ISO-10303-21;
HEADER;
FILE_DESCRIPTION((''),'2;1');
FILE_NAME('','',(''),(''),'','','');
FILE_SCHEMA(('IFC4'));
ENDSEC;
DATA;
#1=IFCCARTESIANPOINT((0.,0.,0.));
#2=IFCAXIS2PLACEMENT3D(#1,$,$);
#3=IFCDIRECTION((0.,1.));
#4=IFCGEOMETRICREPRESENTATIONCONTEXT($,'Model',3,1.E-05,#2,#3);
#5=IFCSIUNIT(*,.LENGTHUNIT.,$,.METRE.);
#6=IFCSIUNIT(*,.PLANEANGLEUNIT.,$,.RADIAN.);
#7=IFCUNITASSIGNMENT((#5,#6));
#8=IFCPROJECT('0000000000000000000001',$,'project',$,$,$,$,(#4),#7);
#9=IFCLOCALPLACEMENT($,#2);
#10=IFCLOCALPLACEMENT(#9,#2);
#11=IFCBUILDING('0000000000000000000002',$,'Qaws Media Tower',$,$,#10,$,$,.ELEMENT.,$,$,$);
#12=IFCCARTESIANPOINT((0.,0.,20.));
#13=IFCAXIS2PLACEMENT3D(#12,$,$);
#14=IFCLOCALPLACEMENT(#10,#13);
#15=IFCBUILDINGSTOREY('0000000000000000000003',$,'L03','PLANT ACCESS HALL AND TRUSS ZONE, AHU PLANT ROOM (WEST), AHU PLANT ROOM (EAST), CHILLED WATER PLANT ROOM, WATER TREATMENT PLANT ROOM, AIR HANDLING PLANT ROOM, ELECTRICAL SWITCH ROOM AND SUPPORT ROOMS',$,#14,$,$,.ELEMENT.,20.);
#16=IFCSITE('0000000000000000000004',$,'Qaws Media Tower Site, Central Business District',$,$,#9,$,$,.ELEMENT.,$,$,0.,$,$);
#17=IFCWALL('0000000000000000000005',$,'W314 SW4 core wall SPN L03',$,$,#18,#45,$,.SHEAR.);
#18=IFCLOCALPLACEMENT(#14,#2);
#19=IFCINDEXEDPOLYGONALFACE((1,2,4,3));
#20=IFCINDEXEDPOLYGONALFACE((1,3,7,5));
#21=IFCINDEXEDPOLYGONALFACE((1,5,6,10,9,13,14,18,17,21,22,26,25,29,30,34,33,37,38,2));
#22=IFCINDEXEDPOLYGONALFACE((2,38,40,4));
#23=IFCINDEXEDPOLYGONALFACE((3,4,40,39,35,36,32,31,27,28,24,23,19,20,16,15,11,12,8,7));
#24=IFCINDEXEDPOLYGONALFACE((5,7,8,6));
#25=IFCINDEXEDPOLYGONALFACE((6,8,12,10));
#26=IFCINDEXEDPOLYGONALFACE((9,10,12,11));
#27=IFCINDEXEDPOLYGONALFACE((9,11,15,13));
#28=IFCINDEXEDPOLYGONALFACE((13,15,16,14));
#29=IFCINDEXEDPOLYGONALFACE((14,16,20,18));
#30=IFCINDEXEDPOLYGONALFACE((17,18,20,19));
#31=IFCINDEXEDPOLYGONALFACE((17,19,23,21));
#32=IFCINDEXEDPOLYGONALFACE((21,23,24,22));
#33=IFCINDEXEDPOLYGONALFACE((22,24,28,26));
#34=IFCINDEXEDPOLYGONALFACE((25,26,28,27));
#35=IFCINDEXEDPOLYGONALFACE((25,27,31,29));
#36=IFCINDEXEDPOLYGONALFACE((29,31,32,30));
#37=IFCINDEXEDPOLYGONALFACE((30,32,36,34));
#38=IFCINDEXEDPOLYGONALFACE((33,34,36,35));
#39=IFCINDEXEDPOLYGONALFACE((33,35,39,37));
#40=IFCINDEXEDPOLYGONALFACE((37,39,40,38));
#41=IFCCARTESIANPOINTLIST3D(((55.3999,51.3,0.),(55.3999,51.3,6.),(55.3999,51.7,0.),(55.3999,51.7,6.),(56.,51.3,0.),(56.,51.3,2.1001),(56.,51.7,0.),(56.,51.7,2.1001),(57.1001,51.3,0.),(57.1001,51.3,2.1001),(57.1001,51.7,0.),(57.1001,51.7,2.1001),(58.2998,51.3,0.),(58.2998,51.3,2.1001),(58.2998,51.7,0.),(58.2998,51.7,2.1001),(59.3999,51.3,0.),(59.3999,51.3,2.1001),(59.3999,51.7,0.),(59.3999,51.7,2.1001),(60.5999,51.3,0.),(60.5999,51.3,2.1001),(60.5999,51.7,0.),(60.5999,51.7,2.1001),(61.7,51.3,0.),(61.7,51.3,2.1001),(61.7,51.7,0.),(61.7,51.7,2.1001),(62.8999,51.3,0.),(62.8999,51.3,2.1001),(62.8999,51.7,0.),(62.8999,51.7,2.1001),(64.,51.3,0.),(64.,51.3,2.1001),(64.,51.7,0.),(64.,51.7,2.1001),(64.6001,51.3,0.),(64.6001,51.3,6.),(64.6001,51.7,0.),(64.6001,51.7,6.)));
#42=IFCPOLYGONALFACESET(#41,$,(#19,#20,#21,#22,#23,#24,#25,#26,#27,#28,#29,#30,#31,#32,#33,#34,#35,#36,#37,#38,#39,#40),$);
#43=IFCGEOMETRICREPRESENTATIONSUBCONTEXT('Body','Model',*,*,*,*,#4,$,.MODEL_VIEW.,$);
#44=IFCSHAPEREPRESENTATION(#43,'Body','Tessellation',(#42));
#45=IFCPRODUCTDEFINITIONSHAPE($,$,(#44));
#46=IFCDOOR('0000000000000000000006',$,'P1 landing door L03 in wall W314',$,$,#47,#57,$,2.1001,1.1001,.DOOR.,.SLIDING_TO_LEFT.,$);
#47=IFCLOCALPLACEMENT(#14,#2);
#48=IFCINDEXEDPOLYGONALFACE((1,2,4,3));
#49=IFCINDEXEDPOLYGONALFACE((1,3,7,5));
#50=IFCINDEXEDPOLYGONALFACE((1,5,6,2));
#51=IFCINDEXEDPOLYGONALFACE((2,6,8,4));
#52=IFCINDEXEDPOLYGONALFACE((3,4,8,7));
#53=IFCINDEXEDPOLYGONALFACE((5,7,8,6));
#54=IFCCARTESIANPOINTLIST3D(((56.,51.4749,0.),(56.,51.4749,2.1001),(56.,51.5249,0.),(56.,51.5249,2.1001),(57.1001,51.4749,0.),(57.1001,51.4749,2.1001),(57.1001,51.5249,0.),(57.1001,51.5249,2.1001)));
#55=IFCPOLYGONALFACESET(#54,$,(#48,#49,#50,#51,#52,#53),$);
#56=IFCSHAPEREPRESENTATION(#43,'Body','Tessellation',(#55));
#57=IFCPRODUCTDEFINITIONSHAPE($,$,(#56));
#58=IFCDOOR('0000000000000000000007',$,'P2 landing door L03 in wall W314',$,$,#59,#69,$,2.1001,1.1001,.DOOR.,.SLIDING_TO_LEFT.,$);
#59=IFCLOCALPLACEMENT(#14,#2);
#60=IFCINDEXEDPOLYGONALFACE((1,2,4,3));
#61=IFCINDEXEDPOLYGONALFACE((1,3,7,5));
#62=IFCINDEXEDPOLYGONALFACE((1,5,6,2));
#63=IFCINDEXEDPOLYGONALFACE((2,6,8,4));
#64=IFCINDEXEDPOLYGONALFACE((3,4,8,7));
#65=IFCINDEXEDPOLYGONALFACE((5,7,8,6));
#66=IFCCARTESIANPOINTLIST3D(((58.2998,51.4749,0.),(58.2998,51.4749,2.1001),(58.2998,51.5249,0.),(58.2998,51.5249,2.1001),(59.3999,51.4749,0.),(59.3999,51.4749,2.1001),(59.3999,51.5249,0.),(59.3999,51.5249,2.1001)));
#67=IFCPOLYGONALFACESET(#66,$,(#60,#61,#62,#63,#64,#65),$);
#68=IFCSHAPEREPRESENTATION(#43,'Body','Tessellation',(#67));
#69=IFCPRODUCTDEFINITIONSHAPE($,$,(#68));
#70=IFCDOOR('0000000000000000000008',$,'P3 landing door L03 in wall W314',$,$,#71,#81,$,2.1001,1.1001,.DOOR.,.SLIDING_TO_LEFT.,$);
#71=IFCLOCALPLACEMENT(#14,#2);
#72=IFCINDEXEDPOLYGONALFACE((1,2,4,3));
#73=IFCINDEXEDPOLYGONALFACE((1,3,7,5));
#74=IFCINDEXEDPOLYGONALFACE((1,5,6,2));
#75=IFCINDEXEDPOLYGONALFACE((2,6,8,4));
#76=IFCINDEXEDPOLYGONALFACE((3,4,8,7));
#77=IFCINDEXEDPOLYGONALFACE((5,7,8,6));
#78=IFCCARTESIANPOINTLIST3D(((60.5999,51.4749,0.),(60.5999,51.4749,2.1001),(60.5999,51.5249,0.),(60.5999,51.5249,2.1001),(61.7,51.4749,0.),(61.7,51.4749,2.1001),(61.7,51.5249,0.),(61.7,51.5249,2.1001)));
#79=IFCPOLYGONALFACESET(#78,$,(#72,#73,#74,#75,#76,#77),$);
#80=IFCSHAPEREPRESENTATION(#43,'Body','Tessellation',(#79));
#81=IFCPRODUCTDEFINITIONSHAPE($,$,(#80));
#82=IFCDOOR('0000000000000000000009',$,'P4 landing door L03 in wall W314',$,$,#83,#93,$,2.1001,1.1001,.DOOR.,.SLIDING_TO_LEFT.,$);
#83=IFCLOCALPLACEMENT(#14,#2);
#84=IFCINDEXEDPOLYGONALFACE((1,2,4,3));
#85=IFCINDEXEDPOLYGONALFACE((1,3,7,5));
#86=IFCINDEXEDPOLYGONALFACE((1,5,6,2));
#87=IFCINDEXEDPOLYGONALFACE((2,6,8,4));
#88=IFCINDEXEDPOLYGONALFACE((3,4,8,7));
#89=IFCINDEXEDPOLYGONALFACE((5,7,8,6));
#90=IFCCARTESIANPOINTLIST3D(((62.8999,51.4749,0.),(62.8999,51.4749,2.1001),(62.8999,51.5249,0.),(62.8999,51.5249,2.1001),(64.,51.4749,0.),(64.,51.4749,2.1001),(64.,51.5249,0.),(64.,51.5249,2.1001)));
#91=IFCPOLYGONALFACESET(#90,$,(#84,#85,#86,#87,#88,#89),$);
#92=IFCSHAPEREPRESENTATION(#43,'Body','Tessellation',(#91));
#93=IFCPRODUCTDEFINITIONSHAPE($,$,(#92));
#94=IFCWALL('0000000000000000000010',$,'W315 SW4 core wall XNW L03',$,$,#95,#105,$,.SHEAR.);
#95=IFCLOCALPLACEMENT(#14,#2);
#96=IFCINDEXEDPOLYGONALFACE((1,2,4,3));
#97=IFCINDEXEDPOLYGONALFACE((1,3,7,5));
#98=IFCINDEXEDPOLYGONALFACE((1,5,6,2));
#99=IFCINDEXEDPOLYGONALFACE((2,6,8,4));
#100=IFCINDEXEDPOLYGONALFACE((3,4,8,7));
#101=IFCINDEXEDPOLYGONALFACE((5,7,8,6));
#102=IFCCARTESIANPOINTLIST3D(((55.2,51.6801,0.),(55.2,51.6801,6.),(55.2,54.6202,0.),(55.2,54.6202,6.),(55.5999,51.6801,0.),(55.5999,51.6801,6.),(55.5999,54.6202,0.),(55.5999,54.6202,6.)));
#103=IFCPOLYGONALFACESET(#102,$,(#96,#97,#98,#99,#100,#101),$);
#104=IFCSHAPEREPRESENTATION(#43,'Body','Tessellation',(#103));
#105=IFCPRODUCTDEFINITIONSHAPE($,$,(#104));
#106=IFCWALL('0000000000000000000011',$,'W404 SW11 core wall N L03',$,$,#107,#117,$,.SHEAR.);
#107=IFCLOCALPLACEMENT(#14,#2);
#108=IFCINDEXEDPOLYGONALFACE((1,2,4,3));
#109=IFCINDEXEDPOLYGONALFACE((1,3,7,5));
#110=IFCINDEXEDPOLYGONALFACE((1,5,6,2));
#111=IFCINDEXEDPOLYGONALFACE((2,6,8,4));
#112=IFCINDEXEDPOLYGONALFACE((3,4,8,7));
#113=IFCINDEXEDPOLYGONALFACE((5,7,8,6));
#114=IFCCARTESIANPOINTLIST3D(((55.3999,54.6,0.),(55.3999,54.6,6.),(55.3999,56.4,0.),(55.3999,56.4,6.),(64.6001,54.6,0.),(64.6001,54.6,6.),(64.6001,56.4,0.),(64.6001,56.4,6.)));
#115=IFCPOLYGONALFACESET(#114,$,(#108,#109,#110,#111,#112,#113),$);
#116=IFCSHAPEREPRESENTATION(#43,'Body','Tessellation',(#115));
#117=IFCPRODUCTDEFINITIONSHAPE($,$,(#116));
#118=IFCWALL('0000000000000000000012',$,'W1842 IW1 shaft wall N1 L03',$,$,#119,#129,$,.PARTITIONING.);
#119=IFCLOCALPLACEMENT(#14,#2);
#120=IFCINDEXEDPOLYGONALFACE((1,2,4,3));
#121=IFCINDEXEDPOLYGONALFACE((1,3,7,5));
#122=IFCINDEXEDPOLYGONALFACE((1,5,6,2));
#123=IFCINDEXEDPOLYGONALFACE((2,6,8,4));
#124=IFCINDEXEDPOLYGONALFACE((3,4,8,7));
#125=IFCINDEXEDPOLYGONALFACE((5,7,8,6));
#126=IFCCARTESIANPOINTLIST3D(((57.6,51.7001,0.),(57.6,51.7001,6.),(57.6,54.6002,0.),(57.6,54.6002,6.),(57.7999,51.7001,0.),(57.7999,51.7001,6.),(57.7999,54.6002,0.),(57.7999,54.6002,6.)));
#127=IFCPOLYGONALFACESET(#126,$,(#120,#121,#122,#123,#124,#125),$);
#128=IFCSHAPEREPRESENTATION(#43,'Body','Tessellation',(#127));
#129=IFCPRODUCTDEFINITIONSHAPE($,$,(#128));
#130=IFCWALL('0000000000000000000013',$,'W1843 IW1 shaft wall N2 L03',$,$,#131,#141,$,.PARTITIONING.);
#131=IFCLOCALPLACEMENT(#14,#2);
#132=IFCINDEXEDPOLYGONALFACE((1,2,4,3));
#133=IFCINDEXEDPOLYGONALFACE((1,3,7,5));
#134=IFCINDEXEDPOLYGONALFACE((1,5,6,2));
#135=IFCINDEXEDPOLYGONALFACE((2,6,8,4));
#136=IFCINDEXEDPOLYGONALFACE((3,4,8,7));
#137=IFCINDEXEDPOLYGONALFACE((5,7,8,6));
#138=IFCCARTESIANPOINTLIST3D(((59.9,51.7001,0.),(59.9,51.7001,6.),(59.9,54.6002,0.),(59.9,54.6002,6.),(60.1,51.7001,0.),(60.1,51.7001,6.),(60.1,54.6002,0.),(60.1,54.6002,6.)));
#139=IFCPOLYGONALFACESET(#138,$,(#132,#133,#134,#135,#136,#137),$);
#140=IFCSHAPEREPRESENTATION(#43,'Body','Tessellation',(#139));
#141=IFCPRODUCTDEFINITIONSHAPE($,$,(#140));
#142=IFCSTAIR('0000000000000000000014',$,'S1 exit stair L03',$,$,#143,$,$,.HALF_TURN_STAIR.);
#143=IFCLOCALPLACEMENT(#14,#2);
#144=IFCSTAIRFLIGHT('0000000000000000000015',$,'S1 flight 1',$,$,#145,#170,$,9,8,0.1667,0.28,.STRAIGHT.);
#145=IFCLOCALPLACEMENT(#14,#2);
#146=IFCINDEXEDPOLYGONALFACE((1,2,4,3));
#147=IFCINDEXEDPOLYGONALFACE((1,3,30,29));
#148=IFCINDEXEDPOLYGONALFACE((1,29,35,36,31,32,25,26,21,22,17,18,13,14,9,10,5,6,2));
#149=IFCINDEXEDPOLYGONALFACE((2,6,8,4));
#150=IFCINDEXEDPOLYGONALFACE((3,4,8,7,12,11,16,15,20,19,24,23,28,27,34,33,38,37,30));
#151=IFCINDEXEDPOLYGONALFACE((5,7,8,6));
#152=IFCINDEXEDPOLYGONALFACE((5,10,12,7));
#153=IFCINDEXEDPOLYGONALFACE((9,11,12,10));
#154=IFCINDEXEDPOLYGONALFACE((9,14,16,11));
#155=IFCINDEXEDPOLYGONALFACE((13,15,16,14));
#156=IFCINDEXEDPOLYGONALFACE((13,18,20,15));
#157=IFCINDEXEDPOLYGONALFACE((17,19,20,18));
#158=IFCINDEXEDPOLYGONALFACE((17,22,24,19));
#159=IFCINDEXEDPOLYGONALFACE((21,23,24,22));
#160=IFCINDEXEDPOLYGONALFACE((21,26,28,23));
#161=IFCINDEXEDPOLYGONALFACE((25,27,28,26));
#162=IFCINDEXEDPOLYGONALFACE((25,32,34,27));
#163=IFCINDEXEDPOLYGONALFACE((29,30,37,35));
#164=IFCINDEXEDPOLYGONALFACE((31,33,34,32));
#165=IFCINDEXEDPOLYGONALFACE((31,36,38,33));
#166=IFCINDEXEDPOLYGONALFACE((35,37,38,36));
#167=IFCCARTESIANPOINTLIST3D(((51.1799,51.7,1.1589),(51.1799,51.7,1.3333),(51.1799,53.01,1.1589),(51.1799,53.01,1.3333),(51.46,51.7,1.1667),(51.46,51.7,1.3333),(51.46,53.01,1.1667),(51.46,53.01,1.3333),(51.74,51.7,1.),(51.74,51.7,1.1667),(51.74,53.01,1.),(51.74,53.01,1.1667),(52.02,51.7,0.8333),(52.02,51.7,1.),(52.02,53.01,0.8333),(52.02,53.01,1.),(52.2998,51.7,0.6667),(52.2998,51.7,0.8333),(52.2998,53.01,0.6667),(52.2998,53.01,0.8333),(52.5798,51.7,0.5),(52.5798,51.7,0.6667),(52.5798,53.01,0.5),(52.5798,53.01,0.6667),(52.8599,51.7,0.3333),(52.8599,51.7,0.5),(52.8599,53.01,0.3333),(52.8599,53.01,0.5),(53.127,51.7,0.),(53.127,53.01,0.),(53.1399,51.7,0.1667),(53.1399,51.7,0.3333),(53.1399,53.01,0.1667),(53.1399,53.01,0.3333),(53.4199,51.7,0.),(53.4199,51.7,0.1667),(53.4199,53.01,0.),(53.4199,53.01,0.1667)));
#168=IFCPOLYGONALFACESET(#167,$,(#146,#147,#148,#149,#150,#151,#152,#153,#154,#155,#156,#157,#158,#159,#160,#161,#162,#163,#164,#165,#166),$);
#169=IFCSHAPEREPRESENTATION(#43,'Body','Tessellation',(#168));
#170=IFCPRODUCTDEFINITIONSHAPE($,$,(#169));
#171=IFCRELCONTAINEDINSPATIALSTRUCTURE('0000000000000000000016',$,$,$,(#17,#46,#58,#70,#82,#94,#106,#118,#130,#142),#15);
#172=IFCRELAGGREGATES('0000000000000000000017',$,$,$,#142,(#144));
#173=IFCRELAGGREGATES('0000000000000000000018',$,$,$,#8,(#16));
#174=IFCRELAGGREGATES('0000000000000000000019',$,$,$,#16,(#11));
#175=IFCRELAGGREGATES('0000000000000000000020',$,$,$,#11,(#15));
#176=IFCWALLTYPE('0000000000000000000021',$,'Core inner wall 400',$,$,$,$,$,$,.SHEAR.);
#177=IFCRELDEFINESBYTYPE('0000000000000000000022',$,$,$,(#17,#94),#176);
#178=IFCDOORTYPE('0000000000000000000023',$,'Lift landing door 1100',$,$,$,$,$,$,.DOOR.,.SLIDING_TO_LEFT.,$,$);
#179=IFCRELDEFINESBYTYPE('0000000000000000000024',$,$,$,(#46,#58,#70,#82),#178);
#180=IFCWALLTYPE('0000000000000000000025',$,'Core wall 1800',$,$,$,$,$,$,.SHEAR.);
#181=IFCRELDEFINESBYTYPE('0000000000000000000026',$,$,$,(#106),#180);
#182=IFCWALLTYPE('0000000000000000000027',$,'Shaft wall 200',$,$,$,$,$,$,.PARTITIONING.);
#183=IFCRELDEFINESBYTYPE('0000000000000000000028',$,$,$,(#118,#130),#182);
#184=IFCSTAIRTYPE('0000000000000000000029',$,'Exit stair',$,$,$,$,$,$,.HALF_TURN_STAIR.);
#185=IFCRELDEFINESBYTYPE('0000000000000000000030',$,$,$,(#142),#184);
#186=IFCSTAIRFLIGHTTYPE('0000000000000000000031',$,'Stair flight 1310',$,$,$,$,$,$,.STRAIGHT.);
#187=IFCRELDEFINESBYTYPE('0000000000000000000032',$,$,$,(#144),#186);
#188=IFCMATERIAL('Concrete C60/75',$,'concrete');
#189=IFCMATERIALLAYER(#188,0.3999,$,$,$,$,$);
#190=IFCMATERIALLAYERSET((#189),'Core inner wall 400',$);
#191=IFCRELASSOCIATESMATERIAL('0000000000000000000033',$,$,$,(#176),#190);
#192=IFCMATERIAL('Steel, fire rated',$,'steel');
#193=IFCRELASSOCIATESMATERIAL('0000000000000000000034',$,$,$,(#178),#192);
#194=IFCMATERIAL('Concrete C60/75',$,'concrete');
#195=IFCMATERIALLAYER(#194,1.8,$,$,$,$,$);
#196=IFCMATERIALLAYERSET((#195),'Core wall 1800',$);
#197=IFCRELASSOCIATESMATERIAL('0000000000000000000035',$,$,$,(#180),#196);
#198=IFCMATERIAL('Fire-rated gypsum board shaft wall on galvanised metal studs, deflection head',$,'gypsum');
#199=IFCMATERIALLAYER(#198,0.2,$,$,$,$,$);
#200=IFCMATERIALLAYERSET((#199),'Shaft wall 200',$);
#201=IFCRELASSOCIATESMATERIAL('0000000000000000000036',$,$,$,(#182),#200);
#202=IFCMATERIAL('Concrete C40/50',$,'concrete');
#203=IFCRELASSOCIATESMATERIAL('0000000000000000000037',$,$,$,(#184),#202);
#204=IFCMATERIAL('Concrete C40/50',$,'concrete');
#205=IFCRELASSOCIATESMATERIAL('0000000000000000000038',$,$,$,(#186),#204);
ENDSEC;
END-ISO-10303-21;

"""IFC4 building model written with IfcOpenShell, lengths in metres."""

from ifc_helpers import new_model, si_unit, direction, frame, frame_2d, origin, place, context, subcontext, project, spatial, polyline, rectangle, outline, extrude, material, layer, layer_set, type_object, element, fill, aggregate, save


model = new_model("IFC4")

# Units and contexts
model_context = context("Model", 3, precision=1e-05, world=origin(), true_north=direction((0.0, 1.0)))
body_context = subcontext(model_context, "Body", "Model", "MODEL_VIEW")
ifc_project = project(units=[si_unit("LENGTHUNIT", "METRE"), si_unit("PLANEANGLEUNIT", "RADIAN")], contexts=[model_context])

# Site, building, storey
site_placement = place(None, origin())
site = spatial("IfcSite", under=ifc_project, at=site_placement, Name="Qaws Media Tower Site, Central Business District", CompositionType="ELEMENT", RefElevation=0.0)
building_placement = place(site_placement, origin())
building = spatial("IfcBuilding", under=site, at=building_placement, Name="Qaws Media Tower", CompositionType="ELEMENT")
storey_placement = place(building_placement, frame((0.0, 0.0, 20.0)))
storey = spatial("IfcBuildingStorey", under=building, at=storey_placement, Name="L03", Description="PLANT ACCESS HALL AND TRUSS ZONE, AHU PLANT ROOM (WEST), AHU PLANT ROOM (EAST), CHILLED WATER PLANT ROOM, WATER TREATMENT PLANT ROOM, AIR HANDLING PLANT ROOM, ELECTRICAL SWITCH ROOM AND SUPPORT ROOMS", CompositionType="ELEMENT", Elevation=20.0)

# Wall, openings, doors
ifc_material_1 = material(Name="Concrete C60/75", Category="concrete")
ifc_layer_1 = layer(ifc_material_1, 0.3999)
ifc_layer_set_1 = layer_set([ifc_layer_1], Name="Core inner wall 400")
wall_type_1 = type_object("IfcWallType", Name="Core inner wall 400", PredefinedType="SHEAR", material=ifc_layer_set_1)
wall_1_placement = place(storey_placement, frame((55.3999, 51.5, 0.0), z_axis=(0.0, 0.0, 1.0), x_axis=(1.0, 0.0, 0.0)))
wall_1 = element("IfcWall", 1, at=wall_1_placement, inside=storey, type_object=wall_type_1, Name="W314 SW4 core wall SPN L03", PredefinedType="SHEAR", context=body_context, shape_type="SweptSolid", body=[
    extrude(rectangle(XDim=9.2002, YDim=0.3999, at=frame_2d((4.6001, 0.0))), origin(), (0.0, 0.0, 1.0), 6.0),
])
opening_1_placement = place(wall_1_placement, frame((0.6001, 0.0, 0.0)))
opening_1 = element("IfcOpeningElement", 2, at=opening_1_placement, cuts=wall_1, PredefinedType="OPENING", context=body_context, shape_type="SweptSolid", body=[
    extrude(rectangle(XDim=1.1001, YDim=2.1001, at=frame_2d((0.55, 1.05))), frame((0.0, 0.21, 0.0), z_axis=(0.0, -1.0, 0.0), x_axis=(1.0, 0.0, 0.0)), (0.0, 0.0, 1.0), 0.4199),
])
opening_2_placement = place(wall_1_placement, frame((2.8999, 0.0, 0.0)))
opening_2 = element("IfcOpeningElement", 3, at=opening_2_placement, cuts=wall_1, PredefinedType="OPENING", context=body_context, shape_type="SweptSolid", body=[
    extrude(rectangle(XDim=1.1001, YDim=2.1001, at=frame_2d((0.55, 1.05))), frame((0.0, 0.21, 0.0), z_axis=(0.0, -1.0, 0.0), x_axis=(1.0, 0.0, 0.0)), (0.0, 0.0, 1.0), 0.4199),
])
opening_3_placement = place(wall_1_placement, frame((5.2, 0.0, 0.0)))
opening_3 = element("IfcOpeningElement", 4, at=opening_3_placement, cuts=wall_1, PredefinedType="OPENING", context=body_context, shape_type="SweptSolid", body=[
    extrude(rectangle(XDim=1.1001, YDim=2.1001, at=frame_2d((0.55, 1.05))), frame((0.0, 0.21, 0.0), z_axis=(0.0, -1.0, 0.0), x_axis=(1.0, 0.0, 0.0)), (0.0, 0.0, 1.0), 0.4199),
])
opening_4_placement = place(wall_1_placement, frame((7.5, 0.0, 0.0)))
opening_4 = element("IfcOpeningElement", 5, at=opening_4_placement, cuts=wall_1, PredefinedType="OPENING", context=body_context, shape_type="SweptSolid", body=[
    extrude(rectangle(XDim=1.1001, YDim=2.1001, at=frame_2d((0.55, 1.05))), frame((0.0, 0.21, 0.0), z_axis=(0.0, -1.0, 0.0), x_axis=(1.0, 0.0, 0.0)), (0.0, 0.0, 1.0), 0.4199),
])
ifc_material_2 = material(Name="Steel, fire rated", Category="steel")
door_type = type_object("IfcDoorType", Name="Lift landing door 1100", OperationType="SLIDING_TO_LEFT", PredefinedType="DOOR", material=ifc_material_2)
door_1_placement = place(opening_1_placement, origin())
door_1 = element("IfcDoor", 6, at=door_1_placement, inside=storey, type_object=door_type, Name="P1 landing door L03 in wall W314", OperationType="SLIDING_TO_LEFT", OverallHeight=2.1001, OverallWidth=1.1001, PredefinedType="DOOR", context=body_context, shape_type="SweptSolid", body=[
    extrude(rectangle(XDim=1.1001, YDim=2.1001, at=frame_2d((0.55, 1.05))), frame((0.0, 0.0249, 0.0), z_axis=(0.0, -1.0, 0.0), x_axis=(1.0, 0.0, 0.0)), (0.0, 0.0, 1.0), 0.05),
])
fill(opening_1, door_1)
door_2_placement = place(opening_2_placement, origin())
door_2 = element("IfcDoor", 7, at=door_2_placement, inside=storey, type_object=door_type, Name="P2 landing door L03 in wall W314", OperationType="SLIDING_TO_LEFT", OverallHeight=2.1001, OverallWidth=1.1001, PredefinedType="DOOR", context=body_context, shape_type="SweptSolid", body=[
    extrude(rectangle(XDim=1.1001, YDim=2.1001, at=frame_2d((0.55, 1.05))), frame((0.0, 0.0249, 0.0), z_axis=(0.0, -1.0, 0.0), x_axis=(1.0, 0.0, 0.0)), (0.0, 0.0, 1.0), 0.05),
])
fill(opening_2, door_2)
door_3_placement = place(opening_3_placement, origin())
door_3 = element("IfcDoor", 8, at=door_3_placement, inside=storey, type_object=door_type, Name="P3 landing door L03 in wall W314", OperationType="SLIDING_TO_LEFT", OverallHeight=2.1001, OverallWidth=1.1001, PredefinedType="DOOR", context=body_context, shape_type="SweptSolid", body=[
    extrude(rectangle(XDim=1.1001, YDim=2.1001, at=frame_2d((0.55, 1.05))), frame((0.0, 0.0249, 0.0), z_axis=(0.0, -1.0, 0.0), x_axis=(1.0, 0.0, 0.0)), (0.0, 0.0, 1.0), 0.05),
])
fill(opening_3, door_3)
door_4_placement = place(opening_4_placement, origin())
door_4 = element("IfcDoor", 9, at=door_4_placement, inside=storey, type_object=door_type, Name="P4 landing door L03 in wall W314", OperationType="SLIDING_TO_LEFT", OverallHeight=2.1001, OverallWidth=1.1001, PredefinedType="DOOR", context=body_context, shape_type="SweptSolid", body=[
    extrude(rectangle(XDim=1.1001, YDim=2.1001, at=frame_2d((0.55, 1.05))), frame((0.0, 0.0249, 0.0), z_axis=(0.0, -1.0, 0.0), x_axis=(1.0, 0.0, 0.0)), (0.0, 0.0, 1.0), 0.05),
])
fill(opening_4, door_4)

# Walls
wall_2_placement = place(storey_placement, frame((55.3999, 51.6799, 0.0), z_axis=(0.0, 0.0, 1.0), x_axis=(0.0, 1.0, 0.0)))
element("IfcWall", 10, at=wall_2_placement, inside=storey, type_object=wall_type_1, Name="W315 SW4 core wall XNW L03", PredefinedType="SHEAR", context=body_context, shape_type="SweptSolid", body=[
    extrude(rectangle(XDim=2.9402, YDim=0.3999, at=frame_2d((1.4702, 0.0))), origin(), (0.0, 0.0, 1.0), 6.0),
])
ifc_material_3 = material(Name="Concrete C60/75", Category="concrete")
ifc_layer_2 = layer(ifc_material_3, 1.8)
ifc_layer_set_2 = layer_set([ifc_layer_2], Name="Core wall 1800")
wall_type_2 = type_object("IfcWallType", Name="Core wall 1800", PredefinedType="SHEAR", material=ifc_layer_set_2)
wall_3_placement = place(storey_placement, frame((55.3999, 55.5, 0.0), z_axis=(0.0, 0.0, 1.0), x_axis=(1.0, 0.0, 0.0)))
element("IfcWall", 11, at=wall_3_placement, inside=storey, type_object=wall_type_2, Name="W404 SW11 core wall N L03", PredefinedType="SHEAR", context=body_context, shape_type="SweptSolid", body=[
    extrude(rectangle(XDim=9.2002, YDim=1.8, at=frame_2d((4.6001, 0.0))), origin(), (0.0, 0.0, 1.0), 6.0),
])
ifc_material_4 = material(Name="Fire-rated gypsum board shaft wall on galvanised metal studs, deflection head", Category="gypsum")
ifc_layer_3 = layer(ifc_material_4, 0.2)
ifc_layer_set_3 = layer_set([ifc_layer_3], Name="Shaft wall 200")
wall_type_3 = type_object("IfcWallType", Name="Shaft wall 200", PredefinedType="PARTITIONING", material=ifc_layer_set_3)
for number, where, z_axis, x_axis, name in (
    (12, (57.7, 51.7, 0.0), (0.0, 0.0, 1.0), (0.0, 1.0, 0.0), "W1842 IW1 shaft wall N1 L03"),
    (13, (60.0, 51.7, 0.0), (0.0, 0.0, 1.0), (0.0, 1.0, 0.0), "W1843 IW1 shaft wall N2 L03"),
):
    element("IfcWall", number, at=place(storey_placement, frame(where, z_axis=z_axis, x_axis=x_axis)), inside=storey, type_object=wall_type_3, Name=name, PredefinedType="PARTITIONING", context=body_context, shape_type="SweptSolid", body=[
        extrude(rectangle(XDim=2.9001, YDim=0.2, at=frame_2d((1.4502, 0.0))), origin(), (0.0, 0.0, 1.0), 6.0),
    ])

# Stair, stair flight
ifc_material_5 = material(Name="Concrete C40/50", Category="concrete")
stair_type = type_object("IfcStairType", Name="Exit stair", PredefinedType="HALF_TURN_STAIR", material=ifc_material_5)
stair_placement = place(storey_placement, origin())
stair = element("IfcStair", 14, at=stair_placement, inside=storey, type_object=stair_type, Name="S1 exit stair L03", PredefinedType="HALF_TURN_STAIR")
ifc_material_6 = material(Name="Concrete C40/50", Category="concrete")
stair_flight_type = type_object("IfcStairFlightType", Name="Stair flight 1310", PredefinedType="STRAIGHT", material=ifc_material_6)
stair_flight_1_placement = place(storey_placement, frame((53.4199, 52.355, 0.0), z_axis=(0.0, 0.0, 1.0), x_axis=(-1.0, 0.0, 0.0)))
stair_flight_1 = element("IfcStairFlight", 15, at=stair_flight_1_placement, type_object=stair_flight_type, Name="S1 flight 1", NumberOfRisers=9, NumberOfTreads=8, PredefinedType="STRAIGHT", RiserHeight=0.1667, TreadLength=0.28, context=body_context, shape_type="SweptSolid", body=[
    extrude(outline(polyline([(0.0, 0.0), (0.0, 0.1667), (0.28, 0.1667), (0.28, 0.3333), (0.5601, 0.3333), (0.5601, 0.5), (0.8401, 0.5), (0.8401, 0.6667), (1.1201, 0.6667), (1.1201, 0.8333), (1.3999, 0.8333), (1.3999, 1.0), (1.6799, 1.0), (1.6799, 1.1667), (1.96, 1.1667), (1.96, 1.3333), (2.24, 1.3333), (2.24, 1.5), (2.24, 1.1589), (0.293, 0.0), (0.0, 0.0)])), frame((0.0, 0.655, 0.0), z_axis=(0.0, -1.0, 0.0), x_axis=(1.0, 0.0, 0.0)), (0.0, 0.0, 1.0), 1.3101),
])
aggregate(stair, [stair_flight_1])

save(model, "model.ifc")
